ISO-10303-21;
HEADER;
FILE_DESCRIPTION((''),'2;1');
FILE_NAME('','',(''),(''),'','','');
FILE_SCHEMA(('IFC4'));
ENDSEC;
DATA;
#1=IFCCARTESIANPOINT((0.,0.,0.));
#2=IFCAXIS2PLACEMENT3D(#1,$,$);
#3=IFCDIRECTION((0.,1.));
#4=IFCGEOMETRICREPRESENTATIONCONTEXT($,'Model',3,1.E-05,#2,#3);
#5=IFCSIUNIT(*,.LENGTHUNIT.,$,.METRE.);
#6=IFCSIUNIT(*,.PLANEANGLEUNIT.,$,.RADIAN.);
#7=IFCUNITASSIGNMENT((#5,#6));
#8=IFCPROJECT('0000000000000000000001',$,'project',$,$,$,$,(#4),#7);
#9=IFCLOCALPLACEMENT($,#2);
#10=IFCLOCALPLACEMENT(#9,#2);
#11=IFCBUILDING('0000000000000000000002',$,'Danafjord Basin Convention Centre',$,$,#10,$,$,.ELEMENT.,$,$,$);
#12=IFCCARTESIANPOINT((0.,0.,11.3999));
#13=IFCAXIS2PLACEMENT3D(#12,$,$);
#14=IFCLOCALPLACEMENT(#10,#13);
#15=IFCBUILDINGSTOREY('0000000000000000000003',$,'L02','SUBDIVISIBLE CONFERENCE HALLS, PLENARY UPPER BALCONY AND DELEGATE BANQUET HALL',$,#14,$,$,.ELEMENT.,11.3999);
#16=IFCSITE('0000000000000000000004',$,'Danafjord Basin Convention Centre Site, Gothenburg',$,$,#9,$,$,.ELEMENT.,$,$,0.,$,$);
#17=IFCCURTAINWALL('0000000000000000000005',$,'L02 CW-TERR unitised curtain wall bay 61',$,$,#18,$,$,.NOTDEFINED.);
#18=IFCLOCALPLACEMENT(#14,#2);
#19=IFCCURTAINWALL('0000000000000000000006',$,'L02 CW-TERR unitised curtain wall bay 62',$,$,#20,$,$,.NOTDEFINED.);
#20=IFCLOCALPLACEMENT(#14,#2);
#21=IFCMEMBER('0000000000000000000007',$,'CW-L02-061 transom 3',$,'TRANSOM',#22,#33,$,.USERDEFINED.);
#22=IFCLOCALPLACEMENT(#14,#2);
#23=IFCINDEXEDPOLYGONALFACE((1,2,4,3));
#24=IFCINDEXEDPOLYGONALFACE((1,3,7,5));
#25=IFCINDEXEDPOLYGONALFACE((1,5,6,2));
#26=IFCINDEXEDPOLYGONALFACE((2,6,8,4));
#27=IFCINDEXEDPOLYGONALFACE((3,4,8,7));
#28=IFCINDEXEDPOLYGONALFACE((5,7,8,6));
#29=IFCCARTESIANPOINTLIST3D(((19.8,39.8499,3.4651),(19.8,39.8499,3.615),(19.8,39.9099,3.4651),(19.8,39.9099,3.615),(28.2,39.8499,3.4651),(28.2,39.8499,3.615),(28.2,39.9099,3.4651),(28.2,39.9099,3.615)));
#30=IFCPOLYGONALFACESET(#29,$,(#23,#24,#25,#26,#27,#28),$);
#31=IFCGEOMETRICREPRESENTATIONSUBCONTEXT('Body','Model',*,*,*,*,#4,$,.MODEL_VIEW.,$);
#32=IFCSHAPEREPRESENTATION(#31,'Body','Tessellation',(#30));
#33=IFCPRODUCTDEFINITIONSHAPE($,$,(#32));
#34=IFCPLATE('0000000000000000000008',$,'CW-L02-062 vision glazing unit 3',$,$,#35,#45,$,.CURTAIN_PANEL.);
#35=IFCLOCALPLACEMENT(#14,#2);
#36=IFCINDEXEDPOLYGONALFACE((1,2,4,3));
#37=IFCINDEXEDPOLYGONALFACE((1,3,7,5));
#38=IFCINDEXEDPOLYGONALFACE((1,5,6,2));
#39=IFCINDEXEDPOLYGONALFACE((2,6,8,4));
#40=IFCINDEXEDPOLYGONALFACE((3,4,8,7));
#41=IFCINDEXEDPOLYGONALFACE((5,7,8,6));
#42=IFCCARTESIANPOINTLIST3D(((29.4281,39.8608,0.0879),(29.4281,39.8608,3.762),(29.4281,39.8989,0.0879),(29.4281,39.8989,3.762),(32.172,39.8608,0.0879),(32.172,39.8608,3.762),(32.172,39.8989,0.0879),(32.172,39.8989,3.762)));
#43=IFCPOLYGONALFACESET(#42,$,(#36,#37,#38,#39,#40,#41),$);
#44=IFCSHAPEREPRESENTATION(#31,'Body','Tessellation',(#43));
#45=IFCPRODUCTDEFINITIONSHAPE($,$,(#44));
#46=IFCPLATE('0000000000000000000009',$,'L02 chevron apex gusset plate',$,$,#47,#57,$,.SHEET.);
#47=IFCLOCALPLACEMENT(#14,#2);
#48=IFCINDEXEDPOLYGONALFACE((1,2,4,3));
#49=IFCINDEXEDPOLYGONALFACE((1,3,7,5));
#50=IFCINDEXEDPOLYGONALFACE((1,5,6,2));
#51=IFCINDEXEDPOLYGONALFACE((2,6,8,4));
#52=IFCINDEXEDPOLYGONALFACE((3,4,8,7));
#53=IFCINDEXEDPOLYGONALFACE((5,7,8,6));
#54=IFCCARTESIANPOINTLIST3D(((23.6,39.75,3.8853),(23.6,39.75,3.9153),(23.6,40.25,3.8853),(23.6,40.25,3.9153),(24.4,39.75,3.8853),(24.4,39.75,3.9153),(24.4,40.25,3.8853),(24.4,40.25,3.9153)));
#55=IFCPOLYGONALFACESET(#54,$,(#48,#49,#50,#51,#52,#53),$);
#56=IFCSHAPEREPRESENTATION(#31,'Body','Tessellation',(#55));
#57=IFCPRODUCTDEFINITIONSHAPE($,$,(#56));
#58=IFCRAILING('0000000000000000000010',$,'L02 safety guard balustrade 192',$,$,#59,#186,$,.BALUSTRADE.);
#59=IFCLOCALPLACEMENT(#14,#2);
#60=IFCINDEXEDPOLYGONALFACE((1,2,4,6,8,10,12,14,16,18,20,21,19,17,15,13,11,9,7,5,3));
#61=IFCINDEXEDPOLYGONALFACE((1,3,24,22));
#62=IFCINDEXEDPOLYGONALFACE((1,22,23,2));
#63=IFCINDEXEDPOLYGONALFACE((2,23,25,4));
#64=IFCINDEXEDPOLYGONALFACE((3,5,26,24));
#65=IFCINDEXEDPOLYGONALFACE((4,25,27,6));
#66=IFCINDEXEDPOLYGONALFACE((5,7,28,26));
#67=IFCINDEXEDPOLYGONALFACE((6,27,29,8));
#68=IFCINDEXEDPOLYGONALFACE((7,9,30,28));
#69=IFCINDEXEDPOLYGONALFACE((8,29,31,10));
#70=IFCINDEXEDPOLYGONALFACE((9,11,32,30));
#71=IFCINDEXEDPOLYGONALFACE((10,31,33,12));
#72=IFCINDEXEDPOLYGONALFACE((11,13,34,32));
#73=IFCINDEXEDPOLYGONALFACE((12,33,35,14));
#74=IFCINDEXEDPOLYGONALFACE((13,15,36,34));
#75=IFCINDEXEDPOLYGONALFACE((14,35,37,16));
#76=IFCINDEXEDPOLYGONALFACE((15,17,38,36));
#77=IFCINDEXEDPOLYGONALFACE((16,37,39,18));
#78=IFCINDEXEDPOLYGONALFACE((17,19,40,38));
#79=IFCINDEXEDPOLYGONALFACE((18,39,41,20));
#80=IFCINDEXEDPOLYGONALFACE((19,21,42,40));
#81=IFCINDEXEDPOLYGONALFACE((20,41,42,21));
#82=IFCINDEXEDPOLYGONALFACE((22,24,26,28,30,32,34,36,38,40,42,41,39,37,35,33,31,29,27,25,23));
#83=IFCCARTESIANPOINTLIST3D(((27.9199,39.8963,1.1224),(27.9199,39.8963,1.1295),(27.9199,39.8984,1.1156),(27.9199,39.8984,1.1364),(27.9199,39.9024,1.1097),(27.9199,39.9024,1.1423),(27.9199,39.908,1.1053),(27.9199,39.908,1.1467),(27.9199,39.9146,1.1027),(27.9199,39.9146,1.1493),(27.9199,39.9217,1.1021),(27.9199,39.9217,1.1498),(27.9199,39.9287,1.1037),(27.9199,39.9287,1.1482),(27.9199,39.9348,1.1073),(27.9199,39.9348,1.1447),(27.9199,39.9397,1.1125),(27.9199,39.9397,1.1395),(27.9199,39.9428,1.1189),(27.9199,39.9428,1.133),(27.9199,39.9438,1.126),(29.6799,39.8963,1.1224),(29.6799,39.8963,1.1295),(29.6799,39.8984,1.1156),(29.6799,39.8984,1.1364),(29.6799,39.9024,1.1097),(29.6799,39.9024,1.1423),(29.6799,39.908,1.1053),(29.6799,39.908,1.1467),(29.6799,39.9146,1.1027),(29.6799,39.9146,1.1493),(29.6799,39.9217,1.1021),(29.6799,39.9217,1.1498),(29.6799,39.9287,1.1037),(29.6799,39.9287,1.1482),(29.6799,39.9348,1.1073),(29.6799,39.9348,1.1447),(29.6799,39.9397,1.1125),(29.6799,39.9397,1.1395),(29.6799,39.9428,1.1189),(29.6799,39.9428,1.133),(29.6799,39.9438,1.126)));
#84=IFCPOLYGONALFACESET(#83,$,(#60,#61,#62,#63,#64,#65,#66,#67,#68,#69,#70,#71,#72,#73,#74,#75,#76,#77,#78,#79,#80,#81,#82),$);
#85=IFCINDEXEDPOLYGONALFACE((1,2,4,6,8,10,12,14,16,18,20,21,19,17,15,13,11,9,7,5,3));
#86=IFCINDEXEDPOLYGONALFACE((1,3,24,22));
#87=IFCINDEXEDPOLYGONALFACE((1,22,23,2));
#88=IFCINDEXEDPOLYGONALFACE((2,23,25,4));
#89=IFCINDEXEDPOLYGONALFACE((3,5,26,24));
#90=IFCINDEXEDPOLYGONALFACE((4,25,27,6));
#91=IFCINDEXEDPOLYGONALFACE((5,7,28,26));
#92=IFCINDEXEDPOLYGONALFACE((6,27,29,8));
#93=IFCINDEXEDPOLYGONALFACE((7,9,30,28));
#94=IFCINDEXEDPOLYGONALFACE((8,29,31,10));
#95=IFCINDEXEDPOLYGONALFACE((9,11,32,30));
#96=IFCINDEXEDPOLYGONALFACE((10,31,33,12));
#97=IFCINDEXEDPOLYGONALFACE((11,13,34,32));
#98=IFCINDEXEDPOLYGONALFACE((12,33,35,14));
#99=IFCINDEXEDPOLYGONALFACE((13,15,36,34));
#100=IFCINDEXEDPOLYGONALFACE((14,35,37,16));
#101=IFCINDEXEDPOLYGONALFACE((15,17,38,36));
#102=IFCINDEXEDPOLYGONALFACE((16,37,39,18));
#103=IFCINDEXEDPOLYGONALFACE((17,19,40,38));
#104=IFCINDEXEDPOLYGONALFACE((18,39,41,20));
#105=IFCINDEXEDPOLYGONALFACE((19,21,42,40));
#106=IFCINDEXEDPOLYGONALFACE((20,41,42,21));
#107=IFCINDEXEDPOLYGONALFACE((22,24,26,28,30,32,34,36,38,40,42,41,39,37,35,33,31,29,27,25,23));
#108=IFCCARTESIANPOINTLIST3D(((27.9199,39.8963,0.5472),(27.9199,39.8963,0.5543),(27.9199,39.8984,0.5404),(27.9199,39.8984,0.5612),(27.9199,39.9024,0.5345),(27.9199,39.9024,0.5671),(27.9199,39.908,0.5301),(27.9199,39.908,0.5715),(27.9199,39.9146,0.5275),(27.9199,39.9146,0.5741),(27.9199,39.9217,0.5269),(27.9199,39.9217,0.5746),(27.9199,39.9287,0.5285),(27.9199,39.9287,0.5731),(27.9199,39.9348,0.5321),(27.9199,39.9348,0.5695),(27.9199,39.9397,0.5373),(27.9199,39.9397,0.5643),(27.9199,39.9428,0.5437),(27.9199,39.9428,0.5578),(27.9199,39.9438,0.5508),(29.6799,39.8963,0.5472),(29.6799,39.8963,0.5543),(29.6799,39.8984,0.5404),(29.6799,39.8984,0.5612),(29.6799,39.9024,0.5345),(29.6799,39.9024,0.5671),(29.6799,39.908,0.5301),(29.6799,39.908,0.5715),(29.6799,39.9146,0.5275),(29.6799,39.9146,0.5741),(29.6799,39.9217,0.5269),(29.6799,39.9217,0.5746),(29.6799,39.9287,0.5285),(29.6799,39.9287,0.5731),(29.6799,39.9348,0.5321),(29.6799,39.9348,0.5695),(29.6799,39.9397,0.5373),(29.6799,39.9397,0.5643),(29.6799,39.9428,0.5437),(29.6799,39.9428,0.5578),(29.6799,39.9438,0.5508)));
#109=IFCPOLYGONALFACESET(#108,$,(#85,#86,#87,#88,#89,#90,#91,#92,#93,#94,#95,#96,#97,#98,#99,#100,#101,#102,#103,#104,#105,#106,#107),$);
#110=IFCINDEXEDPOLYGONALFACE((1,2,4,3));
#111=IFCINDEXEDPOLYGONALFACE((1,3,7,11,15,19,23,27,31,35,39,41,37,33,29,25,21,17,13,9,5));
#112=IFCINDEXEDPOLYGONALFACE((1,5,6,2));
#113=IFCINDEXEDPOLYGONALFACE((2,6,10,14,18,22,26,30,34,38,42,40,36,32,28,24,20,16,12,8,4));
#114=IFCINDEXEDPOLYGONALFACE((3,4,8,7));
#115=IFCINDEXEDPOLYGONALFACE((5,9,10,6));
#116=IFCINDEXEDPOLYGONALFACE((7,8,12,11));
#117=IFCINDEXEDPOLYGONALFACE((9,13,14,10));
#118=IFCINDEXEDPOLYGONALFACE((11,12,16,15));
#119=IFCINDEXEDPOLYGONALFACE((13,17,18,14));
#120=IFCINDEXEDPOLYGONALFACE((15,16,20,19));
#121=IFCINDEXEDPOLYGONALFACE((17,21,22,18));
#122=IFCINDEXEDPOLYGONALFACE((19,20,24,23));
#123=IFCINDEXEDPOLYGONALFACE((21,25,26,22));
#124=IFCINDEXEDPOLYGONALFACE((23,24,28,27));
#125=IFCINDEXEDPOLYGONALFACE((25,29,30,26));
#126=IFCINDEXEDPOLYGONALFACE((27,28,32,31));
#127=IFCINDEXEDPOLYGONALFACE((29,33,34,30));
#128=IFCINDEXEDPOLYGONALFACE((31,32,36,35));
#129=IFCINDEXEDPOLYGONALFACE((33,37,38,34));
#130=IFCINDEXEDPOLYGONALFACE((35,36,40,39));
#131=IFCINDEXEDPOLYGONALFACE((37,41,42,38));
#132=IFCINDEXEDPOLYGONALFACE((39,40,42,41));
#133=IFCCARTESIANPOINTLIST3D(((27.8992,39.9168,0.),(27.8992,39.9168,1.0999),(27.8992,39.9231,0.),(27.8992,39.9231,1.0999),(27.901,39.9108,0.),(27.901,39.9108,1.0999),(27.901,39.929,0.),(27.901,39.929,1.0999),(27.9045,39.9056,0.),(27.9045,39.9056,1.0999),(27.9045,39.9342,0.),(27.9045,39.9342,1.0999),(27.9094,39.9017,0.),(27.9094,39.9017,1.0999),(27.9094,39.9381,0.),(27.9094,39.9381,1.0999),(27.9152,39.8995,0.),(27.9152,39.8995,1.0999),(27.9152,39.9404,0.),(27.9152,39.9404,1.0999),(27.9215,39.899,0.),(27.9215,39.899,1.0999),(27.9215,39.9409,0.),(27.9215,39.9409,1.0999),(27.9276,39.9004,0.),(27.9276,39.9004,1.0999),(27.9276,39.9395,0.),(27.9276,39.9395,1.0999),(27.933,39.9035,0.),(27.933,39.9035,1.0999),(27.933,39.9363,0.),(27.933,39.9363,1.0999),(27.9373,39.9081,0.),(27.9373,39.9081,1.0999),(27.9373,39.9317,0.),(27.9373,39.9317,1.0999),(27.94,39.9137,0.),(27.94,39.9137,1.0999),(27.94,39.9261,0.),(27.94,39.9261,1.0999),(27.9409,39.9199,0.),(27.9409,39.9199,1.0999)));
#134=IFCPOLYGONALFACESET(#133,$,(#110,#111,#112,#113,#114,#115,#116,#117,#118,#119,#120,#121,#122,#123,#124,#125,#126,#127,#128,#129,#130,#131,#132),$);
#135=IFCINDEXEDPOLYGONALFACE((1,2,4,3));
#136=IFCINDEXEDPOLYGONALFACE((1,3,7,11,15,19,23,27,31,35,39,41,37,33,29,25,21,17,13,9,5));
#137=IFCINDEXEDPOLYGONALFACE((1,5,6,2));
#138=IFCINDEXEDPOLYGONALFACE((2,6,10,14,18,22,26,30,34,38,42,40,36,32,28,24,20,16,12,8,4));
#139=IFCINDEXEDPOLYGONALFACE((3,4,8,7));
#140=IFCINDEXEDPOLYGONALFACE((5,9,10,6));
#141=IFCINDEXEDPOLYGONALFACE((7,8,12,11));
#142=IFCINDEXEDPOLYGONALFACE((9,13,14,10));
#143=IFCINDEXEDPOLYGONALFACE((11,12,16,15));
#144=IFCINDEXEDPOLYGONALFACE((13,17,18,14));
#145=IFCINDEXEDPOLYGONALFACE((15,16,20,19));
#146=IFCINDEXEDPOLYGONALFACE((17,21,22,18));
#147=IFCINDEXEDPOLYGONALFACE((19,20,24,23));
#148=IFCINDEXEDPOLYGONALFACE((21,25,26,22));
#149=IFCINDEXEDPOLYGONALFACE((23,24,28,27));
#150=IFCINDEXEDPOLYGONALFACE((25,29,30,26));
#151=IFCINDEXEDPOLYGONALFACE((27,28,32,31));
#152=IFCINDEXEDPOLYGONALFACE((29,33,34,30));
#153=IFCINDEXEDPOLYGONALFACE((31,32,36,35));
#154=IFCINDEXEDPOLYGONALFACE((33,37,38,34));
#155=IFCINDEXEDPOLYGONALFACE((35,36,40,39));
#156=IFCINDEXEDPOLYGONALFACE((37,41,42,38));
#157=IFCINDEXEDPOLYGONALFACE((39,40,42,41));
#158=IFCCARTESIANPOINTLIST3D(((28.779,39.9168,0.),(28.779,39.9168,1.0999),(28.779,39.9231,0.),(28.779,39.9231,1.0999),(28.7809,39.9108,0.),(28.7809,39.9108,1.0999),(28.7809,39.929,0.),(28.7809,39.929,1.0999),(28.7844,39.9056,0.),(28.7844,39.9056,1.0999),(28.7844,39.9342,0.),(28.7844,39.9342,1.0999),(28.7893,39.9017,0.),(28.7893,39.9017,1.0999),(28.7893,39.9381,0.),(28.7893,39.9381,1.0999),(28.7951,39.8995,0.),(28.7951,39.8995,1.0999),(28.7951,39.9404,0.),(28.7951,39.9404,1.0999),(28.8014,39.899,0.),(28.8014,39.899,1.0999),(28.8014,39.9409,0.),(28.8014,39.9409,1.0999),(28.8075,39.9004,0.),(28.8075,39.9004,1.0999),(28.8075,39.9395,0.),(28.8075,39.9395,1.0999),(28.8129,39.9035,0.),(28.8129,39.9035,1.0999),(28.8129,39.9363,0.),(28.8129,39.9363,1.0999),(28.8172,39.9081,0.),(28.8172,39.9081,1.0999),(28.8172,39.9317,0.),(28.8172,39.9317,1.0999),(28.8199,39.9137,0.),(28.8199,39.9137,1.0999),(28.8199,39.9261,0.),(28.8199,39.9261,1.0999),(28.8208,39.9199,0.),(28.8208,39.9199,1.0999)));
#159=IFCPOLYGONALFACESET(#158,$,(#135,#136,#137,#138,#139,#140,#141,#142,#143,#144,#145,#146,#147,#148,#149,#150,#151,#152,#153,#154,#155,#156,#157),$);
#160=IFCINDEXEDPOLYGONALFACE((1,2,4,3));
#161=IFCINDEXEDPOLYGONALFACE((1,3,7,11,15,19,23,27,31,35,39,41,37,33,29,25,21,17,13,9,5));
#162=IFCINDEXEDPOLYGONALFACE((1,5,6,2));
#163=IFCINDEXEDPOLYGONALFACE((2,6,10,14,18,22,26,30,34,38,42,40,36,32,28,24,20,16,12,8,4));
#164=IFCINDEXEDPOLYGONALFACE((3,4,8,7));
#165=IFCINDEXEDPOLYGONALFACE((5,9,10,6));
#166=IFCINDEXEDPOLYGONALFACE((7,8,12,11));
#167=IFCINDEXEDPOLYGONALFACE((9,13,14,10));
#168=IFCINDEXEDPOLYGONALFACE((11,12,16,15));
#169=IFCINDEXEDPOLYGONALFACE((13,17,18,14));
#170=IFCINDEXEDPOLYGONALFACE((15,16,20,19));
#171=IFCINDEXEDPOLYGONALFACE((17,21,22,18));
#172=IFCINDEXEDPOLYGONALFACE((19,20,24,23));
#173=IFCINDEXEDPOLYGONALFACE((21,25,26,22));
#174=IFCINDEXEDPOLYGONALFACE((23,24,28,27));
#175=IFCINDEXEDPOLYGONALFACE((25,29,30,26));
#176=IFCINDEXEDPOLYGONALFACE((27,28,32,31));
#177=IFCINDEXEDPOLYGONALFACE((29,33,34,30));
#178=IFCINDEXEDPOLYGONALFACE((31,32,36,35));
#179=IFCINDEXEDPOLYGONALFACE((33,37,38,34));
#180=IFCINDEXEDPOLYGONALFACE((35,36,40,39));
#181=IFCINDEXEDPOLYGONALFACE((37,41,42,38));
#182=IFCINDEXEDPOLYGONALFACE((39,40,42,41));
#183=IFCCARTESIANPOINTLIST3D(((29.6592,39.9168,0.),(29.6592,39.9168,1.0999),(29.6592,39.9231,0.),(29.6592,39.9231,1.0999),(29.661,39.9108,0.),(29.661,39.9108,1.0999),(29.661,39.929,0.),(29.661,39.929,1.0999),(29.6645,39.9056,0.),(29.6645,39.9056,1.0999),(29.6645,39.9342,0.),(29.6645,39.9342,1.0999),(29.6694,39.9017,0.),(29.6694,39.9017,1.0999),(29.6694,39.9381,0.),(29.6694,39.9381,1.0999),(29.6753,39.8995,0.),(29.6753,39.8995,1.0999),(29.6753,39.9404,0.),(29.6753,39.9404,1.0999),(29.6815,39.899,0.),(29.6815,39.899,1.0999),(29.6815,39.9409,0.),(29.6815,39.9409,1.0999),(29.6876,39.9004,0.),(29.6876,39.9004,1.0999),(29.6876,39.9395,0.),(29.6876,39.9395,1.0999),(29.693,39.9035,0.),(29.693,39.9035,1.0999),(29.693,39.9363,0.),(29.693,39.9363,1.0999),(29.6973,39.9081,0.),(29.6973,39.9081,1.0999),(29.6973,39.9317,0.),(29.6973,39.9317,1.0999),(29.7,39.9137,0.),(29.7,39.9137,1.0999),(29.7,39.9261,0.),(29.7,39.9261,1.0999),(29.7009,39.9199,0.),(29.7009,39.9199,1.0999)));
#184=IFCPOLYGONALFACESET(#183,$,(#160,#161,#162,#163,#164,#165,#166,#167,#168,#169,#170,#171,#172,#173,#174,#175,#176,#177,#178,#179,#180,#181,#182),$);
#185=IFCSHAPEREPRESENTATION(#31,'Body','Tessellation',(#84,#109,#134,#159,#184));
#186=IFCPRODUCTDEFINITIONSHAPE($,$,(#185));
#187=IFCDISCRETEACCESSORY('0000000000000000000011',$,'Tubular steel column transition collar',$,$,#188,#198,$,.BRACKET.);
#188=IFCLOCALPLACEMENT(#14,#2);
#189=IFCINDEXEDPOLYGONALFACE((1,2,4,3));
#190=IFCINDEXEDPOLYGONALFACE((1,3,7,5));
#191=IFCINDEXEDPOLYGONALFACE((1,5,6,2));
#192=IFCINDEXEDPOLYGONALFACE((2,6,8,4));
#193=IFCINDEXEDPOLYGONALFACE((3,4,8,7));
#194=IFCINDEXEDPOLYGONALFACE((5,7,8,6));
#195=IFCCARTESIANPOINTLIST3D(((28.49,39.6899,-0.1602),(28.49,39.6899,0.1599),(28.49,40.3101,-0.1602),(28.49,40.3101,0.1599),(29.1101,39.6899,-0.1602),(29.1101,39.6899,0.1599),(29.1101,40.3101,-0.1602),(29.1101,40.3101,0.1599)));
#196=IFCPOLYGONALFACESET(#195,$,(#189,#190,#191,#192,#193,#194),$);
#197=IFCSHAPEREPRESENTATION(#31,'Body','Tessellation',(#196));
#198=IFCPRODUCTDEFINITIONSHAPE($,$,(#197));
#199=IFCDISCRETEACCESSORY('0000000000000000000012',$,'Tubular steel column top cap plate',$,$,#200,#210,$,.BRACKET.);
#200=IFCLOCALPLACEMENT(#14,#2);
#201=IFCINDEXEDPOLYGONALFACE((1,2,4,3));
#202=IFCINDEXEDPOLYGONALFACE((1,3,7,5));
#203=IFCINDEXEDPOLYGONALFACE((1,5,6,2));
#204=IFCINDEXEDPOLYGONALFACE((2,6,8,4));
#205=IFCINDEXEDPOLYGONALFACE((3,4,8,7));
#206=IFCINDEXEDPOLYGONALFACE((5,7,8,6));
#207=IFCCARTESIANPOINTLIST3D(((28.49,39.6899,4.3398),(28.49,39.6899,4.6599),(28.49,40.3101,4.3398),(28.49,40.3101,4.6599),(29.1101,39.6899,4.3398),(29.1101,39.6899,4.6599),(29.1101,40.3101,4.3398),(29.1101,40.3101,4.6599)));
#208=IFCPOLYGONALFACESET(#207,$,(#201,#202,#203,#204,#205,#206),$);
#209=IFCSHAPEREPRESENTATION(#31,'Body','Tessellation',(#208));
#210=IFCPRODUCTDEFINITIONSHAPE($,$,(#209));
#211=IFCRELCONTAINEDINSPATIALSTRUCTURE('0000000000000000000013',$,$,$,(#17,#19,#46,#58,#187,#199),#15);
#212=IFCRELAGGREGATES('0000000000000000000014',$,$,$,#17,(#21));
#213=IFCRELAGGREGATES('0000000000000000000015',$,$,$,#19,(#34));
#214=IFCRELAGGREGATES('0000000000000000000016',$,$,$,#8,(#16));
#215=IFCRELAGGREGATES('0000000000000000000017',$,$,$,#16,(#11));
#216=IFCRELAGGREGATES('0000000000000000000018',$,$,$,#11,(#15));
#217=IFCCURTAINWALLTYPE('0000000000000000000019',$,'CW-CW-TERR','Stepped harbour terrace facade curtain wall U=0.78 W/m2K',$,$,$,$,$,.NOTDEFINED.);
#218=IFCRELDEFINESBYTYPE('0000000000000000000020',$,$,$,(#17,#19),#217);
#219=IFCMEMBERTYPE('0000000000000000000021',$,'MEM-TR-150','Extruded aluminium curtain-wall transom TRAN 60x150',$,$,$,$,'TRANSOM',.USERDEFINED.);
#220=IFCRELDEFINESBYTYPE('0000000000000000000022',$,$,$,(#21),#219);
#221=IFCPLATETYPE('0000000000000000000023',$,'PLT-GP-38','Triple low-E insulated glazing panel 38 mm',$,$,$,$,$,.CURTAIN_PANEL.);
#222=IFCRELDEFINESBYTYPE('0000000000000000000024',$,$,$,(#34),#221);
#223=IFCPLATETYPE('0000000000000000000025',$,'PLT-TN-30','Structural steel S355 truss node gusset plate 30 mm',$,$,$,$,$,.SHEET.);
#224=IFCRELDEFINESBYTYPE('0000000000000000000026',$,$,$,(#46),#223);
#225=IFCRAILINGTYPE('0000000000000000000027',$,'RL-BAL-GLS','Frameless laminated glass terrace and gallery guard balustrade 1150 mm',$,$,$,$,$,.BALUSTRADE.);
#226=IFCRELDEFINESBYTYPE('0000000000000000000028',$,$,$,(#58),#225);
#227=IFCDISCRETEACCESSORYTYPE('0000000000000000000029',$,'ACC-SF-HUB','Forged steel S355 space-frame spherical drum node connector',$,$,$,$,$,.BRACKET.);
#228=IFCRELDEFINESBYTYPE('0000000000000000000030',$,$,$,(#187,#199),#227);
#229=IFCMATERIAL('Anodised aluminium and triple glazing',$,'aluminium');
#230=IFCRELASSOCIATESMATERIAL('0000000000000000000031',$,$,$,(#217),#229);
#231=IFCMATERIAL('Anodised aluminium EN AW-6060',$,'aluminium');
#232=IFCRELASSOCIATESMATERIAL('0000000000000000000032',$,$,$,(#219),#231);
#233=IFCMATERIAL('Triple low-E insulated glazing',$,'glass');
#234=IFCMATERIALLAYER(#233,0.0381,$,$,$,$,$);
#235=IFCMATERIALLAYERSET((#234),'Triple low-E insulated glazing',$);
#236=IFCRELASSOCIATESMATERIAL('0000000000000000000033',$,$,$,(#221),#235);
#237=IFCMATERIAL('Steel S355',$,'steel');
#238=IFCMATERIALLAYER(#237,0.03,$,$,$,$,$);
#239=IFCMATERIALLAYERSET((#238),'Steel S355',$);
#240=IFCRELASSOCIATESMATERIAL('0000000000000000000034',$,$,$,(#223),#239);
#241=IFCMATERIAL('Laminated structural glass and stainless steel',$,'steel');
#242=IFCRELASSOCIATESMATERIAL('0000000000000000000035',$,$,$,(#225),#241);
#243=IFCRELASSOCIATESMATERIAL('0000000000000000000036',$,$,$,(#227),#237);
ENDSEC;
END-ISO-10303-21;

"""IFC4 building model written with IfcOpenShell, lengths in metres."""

from ifc_helpers import new_model, si_unit, direction, frame, origin, origin_2d, place, context, subcontext, project, spatial, rectangle, circle, extrude, material, layer, layer_set, material_profile, profile_set, type_object, element, aggregate, save


model = new_model("IFC4")

# Units and contexts
model_context = context("Model", 3, precision=1e-05, world=origin(), true_north=direction((0.0, 1.0)))
body_context = subcontext(model_context, "Body", "Model", "MODEL_VIEW")
ifc_project = project(units=[si_unit("LENGTHUNIT", "METRE"), si_unit("PLANEANGLEUNIT", "RADIAN")], contexts=[model_context])

# Site, building, storey
site_placement = place(None, origin())
site = spatial("IfcSite", under=ifc_project, at=site_placement, Name="Danafjord Basin Convention Centre Site, Gothenburg", CompositionType="ELEMENT", RefElevation=0.0)
building_placement = place(site_placement, origin())
building = spatial("IfcBuilding", under=site, at=building_placement, Name="Danafjord Basin Convention Centre", CompositionType="ELEMENT")
storey_placement = place(building_placement, frame((0.0, 0.0, 11.3999)))
storey = spatial("IfcBuildingStorey", under=building, at=storey_placement, Name="L02", Description="SUBDIVISIBLE CONFERENCE HALLS, PLENARY UPPER BALCONY AND DELEGATE BANQUET HALL", CompositionType="ELEMENT", Elevation=11.3999)

# Shared definitions
ifc_material_1 = material(Name="Steel S355", Category="steel")

# Curtain walls
ifc_material_2 = material(Name="Anodised aluminium and triple glazing", Category="aluminium")
curtain_wall_type = type_object("IfcCurtainWallType", Name="CW-CW-TERR", Description="Stepped harbour terrace facade curtain wall U=0.78 W/m2K", PredefinedType="NOTDEFINED", material=ifc_material_2)
curtain_wall_1_placement = place(storey_placement, origin())
curtain_wall_1 = element("IfcCurtainWall", 1, at=curtain_wall_1_placement, inside=storey, type_object=curtain_wall_type, Name="L02 CW-TERR unitised curtain wall bay 61", PredefinedType="NOTDEFINED")
ifc_material_3 = material(Name="Anodised aluminium EN AW-6060", Category="aluminium")
curtain_wall_2_placement = place(storey_placement, origin())
curtain_wall_2 = element("IfcCurtainWall", 2, at=curtain_wall_2_placement, inside=storey, type_object=curtain_wall_type, Name="L02 CW-TERR unitised curtain wall bay 62", PredefinedType="NOTDEFINED")

# Member
ifc_material_profile_1 = material_profile(ifc_material_3, rectangle(XDim=0.0601, YDim=0.1499, at=origin_2d()), Name="TRAN 60x150")
ifc_profile_set_1 = profile_set([ifc_material_profile_1], Name="Anodised aluminium EN AW-6060")
member_type_1 = type_object("IfcMemberType", Name="MEM-TR-150", Description="Extruded aluminium curtain-wall transom TRAN 60x150", ElementType="TRANSOM", PredefinedType="USERDEFINED", material=ifc_profile_set_1)
member_1_placement = place(storey_placement, frame((28.2, 39.8799, 3.54), z_axis=(-1.0, 0.0, 0.0), x_axis=(0.0, -1.0, 0.0)))
member_1 = element("IfcMember", 3, at=member_1_placement, type_object=member_type_1, Name="CW-L02-061 transom 3", ObjectType="TRANSOM", PredefinedType="USERDEFINED", context=body_context, shape_type="SweptSolid", body=[
    extrude(rectangle(XDim=0.0601, YDim=0.1499, at=origin_2d()), origin(), (0.0, 0.0, 1.0), 8.3999),
])
aggregate(curtain_wall_1, [member_1])

# Plates
ifc_material_4 = material(Name="Triple low-E insulated glazing", Category="glass")
ifc_layer_1 = layer(ifc_material_4, 0.0381)
ifc_layer_set_1 = layer_set([ifc_layer_1], Name="Triple low-E insulated glazing")
plate_type_1 = type_object("IfcPlateType", Name="PLT-GP-38", Description="Triple low-E insulated glazing panel 38 mm", PredefinedType="CURTAIN_PANEL", material=ifc_layer_set_1)
plate_1_placement = place(storey_placement, frame((30.8, 39.8799, 0.0879), z_axis=(0.0, 0.0, 1.0), x_axis=(-1.0, 0.0, 0.0)))
plate_1 = element("IfcPlate", 4, at=plate_1_placement, type_object=plate_type_1, Name="CW-L02-062 vision glazing unit 3", PredefinedType="CURTAIN_PANEL", context=body_context, shape_type="SweptSolid", body=[
    extrude(rectangle(XDim=2.7439, YDim=0.0381, at=origin_2d()), origin(), (0.0, 0.0, 1.0), 3.6741),
])
aggregate(curtain_wall_2, [plate_1])
ifc_layer_2 = layer(ifc_material_1, 0.03)
ifc_layer_set_2 = layer_set([ifc_layer_2], Name="Steel S355")
plate_type_2 = type_object("IfcPlateType", Name="PLT-TN-30", Description="Structural steel S355 truss node gusset plate 30 mm", PredefinedType="SHEET", material=ifc_layer_set_2)
plate_2_placement = place(storey_placement, frame((24.0, 40.0, 3.8853), z_axis=(0.0, 0.0, 1.0), x_axis=(1.0, 0.0, 0.0)))
element("IfcPlate", 5, at=plate_2_placement, inside=storey, type_object=plate_type_2, Name="L02 chevron apex gusset plate", PredefinedType="SHEET", context=body_context, shape_type="SweptSolid", body=[
    extrude(rectangle(XDim=0.8, YDim=0.5, at=origin_2d()), origin(), (0.0, 0.0, 1.0), 0.03),
])

# Railing
ifc_material_5 = material(Name="Laminated structural glass and stainless steel", Category="steel")
railing_type = type_object("IfcRailingType", Name="RL-BAL-GLS", Description="Frameless laminated glass terrace and gallery guard balustrade 1150 mm", PredefinedType="BALUSTRADE", material=ifc_material_5)
railing_placement = place(storey_placement, frame((27.9199, 39.9199, 0.0)))
element("IfcRailing", 6, at=railing_placement, inside=storey, type_object=railing_type, Name="L02 safety guard balustrade 192", PredefinedType="BALUSTRADE", context=body_context, shape_type="SweptSolid", body=[
    extrude(circle(Radius=0.0239, at=origin_2d()), frame((0.0, 0.0, 1.126), z_axis=(1.0, 0.0, 0.0), x_axis=(0.0, 1.0, 0.0)), (0.0, 0.0, 1.0), 1.76),
    extrude(circle(Radius=0.0239, at=origin_2d()), frame((0.0, 0.0, 0.5508), z_axis=(1.0, 0.0, 0.0), x_axis=(0.0, 1.0, 0.0)), (0.0, 0.0, 1.0), 1.76),
    extrude(circle(Radius=0.021, at=origin_2d()), origin(), (0.0, 0.0, 1.0), 1.0999),
    extrude(circle(Radius=0.021, at=origin_2d()), frame((0.8799, 0.0, 0.0)), (0.0, 0.0, 1.0), 1.0999),
    extrude(circle(Radius=0.021, at=origin_2d()), frame((1.76, 0.0, 0.0)), (0.0, 0.0, 1.0), 1.0999),
])

# Discrete accessories
discrete_accessory_type = type_object("IfcDiscreteAccessoryType", Name="ACC-SF-HUB", Description="Forged steel S355 space-frame spherical drum node connector", PredefinedType="BRACKET", material=ifc_material_1)
for number, where, z_axis, x_axis, name in (
    (7, (28.8, 40.0, -0.1602), (0.0, 0.0, 1.0), (1.0, 0.0, 0.0), "Tubular steel column transition collar"),
    (8, (28.8, 40.0, 4.3398), (0.0, 0.0, 1.0), (1.0, 0.0, 0.0), "Tubular steel column top cap plate"),
):
    element("IfcDiscreteAccessory", number, at=place(storey_placement, frame(where, z_axis=z_axis, x_axis=x_axis)), inside=storey, type_object=discrete_accessory_type, Name=name, PredefinedType="BRACKET", context=body_context, shape_type="SweptSolid", body=[
        extrude(rectangle(XDim=0.6201, YDim=0.6201, at=origin_2d()), origin(), (0.0, 0.0, 1.0), 0.3201),
    ])

save(model, "model.ifc")
